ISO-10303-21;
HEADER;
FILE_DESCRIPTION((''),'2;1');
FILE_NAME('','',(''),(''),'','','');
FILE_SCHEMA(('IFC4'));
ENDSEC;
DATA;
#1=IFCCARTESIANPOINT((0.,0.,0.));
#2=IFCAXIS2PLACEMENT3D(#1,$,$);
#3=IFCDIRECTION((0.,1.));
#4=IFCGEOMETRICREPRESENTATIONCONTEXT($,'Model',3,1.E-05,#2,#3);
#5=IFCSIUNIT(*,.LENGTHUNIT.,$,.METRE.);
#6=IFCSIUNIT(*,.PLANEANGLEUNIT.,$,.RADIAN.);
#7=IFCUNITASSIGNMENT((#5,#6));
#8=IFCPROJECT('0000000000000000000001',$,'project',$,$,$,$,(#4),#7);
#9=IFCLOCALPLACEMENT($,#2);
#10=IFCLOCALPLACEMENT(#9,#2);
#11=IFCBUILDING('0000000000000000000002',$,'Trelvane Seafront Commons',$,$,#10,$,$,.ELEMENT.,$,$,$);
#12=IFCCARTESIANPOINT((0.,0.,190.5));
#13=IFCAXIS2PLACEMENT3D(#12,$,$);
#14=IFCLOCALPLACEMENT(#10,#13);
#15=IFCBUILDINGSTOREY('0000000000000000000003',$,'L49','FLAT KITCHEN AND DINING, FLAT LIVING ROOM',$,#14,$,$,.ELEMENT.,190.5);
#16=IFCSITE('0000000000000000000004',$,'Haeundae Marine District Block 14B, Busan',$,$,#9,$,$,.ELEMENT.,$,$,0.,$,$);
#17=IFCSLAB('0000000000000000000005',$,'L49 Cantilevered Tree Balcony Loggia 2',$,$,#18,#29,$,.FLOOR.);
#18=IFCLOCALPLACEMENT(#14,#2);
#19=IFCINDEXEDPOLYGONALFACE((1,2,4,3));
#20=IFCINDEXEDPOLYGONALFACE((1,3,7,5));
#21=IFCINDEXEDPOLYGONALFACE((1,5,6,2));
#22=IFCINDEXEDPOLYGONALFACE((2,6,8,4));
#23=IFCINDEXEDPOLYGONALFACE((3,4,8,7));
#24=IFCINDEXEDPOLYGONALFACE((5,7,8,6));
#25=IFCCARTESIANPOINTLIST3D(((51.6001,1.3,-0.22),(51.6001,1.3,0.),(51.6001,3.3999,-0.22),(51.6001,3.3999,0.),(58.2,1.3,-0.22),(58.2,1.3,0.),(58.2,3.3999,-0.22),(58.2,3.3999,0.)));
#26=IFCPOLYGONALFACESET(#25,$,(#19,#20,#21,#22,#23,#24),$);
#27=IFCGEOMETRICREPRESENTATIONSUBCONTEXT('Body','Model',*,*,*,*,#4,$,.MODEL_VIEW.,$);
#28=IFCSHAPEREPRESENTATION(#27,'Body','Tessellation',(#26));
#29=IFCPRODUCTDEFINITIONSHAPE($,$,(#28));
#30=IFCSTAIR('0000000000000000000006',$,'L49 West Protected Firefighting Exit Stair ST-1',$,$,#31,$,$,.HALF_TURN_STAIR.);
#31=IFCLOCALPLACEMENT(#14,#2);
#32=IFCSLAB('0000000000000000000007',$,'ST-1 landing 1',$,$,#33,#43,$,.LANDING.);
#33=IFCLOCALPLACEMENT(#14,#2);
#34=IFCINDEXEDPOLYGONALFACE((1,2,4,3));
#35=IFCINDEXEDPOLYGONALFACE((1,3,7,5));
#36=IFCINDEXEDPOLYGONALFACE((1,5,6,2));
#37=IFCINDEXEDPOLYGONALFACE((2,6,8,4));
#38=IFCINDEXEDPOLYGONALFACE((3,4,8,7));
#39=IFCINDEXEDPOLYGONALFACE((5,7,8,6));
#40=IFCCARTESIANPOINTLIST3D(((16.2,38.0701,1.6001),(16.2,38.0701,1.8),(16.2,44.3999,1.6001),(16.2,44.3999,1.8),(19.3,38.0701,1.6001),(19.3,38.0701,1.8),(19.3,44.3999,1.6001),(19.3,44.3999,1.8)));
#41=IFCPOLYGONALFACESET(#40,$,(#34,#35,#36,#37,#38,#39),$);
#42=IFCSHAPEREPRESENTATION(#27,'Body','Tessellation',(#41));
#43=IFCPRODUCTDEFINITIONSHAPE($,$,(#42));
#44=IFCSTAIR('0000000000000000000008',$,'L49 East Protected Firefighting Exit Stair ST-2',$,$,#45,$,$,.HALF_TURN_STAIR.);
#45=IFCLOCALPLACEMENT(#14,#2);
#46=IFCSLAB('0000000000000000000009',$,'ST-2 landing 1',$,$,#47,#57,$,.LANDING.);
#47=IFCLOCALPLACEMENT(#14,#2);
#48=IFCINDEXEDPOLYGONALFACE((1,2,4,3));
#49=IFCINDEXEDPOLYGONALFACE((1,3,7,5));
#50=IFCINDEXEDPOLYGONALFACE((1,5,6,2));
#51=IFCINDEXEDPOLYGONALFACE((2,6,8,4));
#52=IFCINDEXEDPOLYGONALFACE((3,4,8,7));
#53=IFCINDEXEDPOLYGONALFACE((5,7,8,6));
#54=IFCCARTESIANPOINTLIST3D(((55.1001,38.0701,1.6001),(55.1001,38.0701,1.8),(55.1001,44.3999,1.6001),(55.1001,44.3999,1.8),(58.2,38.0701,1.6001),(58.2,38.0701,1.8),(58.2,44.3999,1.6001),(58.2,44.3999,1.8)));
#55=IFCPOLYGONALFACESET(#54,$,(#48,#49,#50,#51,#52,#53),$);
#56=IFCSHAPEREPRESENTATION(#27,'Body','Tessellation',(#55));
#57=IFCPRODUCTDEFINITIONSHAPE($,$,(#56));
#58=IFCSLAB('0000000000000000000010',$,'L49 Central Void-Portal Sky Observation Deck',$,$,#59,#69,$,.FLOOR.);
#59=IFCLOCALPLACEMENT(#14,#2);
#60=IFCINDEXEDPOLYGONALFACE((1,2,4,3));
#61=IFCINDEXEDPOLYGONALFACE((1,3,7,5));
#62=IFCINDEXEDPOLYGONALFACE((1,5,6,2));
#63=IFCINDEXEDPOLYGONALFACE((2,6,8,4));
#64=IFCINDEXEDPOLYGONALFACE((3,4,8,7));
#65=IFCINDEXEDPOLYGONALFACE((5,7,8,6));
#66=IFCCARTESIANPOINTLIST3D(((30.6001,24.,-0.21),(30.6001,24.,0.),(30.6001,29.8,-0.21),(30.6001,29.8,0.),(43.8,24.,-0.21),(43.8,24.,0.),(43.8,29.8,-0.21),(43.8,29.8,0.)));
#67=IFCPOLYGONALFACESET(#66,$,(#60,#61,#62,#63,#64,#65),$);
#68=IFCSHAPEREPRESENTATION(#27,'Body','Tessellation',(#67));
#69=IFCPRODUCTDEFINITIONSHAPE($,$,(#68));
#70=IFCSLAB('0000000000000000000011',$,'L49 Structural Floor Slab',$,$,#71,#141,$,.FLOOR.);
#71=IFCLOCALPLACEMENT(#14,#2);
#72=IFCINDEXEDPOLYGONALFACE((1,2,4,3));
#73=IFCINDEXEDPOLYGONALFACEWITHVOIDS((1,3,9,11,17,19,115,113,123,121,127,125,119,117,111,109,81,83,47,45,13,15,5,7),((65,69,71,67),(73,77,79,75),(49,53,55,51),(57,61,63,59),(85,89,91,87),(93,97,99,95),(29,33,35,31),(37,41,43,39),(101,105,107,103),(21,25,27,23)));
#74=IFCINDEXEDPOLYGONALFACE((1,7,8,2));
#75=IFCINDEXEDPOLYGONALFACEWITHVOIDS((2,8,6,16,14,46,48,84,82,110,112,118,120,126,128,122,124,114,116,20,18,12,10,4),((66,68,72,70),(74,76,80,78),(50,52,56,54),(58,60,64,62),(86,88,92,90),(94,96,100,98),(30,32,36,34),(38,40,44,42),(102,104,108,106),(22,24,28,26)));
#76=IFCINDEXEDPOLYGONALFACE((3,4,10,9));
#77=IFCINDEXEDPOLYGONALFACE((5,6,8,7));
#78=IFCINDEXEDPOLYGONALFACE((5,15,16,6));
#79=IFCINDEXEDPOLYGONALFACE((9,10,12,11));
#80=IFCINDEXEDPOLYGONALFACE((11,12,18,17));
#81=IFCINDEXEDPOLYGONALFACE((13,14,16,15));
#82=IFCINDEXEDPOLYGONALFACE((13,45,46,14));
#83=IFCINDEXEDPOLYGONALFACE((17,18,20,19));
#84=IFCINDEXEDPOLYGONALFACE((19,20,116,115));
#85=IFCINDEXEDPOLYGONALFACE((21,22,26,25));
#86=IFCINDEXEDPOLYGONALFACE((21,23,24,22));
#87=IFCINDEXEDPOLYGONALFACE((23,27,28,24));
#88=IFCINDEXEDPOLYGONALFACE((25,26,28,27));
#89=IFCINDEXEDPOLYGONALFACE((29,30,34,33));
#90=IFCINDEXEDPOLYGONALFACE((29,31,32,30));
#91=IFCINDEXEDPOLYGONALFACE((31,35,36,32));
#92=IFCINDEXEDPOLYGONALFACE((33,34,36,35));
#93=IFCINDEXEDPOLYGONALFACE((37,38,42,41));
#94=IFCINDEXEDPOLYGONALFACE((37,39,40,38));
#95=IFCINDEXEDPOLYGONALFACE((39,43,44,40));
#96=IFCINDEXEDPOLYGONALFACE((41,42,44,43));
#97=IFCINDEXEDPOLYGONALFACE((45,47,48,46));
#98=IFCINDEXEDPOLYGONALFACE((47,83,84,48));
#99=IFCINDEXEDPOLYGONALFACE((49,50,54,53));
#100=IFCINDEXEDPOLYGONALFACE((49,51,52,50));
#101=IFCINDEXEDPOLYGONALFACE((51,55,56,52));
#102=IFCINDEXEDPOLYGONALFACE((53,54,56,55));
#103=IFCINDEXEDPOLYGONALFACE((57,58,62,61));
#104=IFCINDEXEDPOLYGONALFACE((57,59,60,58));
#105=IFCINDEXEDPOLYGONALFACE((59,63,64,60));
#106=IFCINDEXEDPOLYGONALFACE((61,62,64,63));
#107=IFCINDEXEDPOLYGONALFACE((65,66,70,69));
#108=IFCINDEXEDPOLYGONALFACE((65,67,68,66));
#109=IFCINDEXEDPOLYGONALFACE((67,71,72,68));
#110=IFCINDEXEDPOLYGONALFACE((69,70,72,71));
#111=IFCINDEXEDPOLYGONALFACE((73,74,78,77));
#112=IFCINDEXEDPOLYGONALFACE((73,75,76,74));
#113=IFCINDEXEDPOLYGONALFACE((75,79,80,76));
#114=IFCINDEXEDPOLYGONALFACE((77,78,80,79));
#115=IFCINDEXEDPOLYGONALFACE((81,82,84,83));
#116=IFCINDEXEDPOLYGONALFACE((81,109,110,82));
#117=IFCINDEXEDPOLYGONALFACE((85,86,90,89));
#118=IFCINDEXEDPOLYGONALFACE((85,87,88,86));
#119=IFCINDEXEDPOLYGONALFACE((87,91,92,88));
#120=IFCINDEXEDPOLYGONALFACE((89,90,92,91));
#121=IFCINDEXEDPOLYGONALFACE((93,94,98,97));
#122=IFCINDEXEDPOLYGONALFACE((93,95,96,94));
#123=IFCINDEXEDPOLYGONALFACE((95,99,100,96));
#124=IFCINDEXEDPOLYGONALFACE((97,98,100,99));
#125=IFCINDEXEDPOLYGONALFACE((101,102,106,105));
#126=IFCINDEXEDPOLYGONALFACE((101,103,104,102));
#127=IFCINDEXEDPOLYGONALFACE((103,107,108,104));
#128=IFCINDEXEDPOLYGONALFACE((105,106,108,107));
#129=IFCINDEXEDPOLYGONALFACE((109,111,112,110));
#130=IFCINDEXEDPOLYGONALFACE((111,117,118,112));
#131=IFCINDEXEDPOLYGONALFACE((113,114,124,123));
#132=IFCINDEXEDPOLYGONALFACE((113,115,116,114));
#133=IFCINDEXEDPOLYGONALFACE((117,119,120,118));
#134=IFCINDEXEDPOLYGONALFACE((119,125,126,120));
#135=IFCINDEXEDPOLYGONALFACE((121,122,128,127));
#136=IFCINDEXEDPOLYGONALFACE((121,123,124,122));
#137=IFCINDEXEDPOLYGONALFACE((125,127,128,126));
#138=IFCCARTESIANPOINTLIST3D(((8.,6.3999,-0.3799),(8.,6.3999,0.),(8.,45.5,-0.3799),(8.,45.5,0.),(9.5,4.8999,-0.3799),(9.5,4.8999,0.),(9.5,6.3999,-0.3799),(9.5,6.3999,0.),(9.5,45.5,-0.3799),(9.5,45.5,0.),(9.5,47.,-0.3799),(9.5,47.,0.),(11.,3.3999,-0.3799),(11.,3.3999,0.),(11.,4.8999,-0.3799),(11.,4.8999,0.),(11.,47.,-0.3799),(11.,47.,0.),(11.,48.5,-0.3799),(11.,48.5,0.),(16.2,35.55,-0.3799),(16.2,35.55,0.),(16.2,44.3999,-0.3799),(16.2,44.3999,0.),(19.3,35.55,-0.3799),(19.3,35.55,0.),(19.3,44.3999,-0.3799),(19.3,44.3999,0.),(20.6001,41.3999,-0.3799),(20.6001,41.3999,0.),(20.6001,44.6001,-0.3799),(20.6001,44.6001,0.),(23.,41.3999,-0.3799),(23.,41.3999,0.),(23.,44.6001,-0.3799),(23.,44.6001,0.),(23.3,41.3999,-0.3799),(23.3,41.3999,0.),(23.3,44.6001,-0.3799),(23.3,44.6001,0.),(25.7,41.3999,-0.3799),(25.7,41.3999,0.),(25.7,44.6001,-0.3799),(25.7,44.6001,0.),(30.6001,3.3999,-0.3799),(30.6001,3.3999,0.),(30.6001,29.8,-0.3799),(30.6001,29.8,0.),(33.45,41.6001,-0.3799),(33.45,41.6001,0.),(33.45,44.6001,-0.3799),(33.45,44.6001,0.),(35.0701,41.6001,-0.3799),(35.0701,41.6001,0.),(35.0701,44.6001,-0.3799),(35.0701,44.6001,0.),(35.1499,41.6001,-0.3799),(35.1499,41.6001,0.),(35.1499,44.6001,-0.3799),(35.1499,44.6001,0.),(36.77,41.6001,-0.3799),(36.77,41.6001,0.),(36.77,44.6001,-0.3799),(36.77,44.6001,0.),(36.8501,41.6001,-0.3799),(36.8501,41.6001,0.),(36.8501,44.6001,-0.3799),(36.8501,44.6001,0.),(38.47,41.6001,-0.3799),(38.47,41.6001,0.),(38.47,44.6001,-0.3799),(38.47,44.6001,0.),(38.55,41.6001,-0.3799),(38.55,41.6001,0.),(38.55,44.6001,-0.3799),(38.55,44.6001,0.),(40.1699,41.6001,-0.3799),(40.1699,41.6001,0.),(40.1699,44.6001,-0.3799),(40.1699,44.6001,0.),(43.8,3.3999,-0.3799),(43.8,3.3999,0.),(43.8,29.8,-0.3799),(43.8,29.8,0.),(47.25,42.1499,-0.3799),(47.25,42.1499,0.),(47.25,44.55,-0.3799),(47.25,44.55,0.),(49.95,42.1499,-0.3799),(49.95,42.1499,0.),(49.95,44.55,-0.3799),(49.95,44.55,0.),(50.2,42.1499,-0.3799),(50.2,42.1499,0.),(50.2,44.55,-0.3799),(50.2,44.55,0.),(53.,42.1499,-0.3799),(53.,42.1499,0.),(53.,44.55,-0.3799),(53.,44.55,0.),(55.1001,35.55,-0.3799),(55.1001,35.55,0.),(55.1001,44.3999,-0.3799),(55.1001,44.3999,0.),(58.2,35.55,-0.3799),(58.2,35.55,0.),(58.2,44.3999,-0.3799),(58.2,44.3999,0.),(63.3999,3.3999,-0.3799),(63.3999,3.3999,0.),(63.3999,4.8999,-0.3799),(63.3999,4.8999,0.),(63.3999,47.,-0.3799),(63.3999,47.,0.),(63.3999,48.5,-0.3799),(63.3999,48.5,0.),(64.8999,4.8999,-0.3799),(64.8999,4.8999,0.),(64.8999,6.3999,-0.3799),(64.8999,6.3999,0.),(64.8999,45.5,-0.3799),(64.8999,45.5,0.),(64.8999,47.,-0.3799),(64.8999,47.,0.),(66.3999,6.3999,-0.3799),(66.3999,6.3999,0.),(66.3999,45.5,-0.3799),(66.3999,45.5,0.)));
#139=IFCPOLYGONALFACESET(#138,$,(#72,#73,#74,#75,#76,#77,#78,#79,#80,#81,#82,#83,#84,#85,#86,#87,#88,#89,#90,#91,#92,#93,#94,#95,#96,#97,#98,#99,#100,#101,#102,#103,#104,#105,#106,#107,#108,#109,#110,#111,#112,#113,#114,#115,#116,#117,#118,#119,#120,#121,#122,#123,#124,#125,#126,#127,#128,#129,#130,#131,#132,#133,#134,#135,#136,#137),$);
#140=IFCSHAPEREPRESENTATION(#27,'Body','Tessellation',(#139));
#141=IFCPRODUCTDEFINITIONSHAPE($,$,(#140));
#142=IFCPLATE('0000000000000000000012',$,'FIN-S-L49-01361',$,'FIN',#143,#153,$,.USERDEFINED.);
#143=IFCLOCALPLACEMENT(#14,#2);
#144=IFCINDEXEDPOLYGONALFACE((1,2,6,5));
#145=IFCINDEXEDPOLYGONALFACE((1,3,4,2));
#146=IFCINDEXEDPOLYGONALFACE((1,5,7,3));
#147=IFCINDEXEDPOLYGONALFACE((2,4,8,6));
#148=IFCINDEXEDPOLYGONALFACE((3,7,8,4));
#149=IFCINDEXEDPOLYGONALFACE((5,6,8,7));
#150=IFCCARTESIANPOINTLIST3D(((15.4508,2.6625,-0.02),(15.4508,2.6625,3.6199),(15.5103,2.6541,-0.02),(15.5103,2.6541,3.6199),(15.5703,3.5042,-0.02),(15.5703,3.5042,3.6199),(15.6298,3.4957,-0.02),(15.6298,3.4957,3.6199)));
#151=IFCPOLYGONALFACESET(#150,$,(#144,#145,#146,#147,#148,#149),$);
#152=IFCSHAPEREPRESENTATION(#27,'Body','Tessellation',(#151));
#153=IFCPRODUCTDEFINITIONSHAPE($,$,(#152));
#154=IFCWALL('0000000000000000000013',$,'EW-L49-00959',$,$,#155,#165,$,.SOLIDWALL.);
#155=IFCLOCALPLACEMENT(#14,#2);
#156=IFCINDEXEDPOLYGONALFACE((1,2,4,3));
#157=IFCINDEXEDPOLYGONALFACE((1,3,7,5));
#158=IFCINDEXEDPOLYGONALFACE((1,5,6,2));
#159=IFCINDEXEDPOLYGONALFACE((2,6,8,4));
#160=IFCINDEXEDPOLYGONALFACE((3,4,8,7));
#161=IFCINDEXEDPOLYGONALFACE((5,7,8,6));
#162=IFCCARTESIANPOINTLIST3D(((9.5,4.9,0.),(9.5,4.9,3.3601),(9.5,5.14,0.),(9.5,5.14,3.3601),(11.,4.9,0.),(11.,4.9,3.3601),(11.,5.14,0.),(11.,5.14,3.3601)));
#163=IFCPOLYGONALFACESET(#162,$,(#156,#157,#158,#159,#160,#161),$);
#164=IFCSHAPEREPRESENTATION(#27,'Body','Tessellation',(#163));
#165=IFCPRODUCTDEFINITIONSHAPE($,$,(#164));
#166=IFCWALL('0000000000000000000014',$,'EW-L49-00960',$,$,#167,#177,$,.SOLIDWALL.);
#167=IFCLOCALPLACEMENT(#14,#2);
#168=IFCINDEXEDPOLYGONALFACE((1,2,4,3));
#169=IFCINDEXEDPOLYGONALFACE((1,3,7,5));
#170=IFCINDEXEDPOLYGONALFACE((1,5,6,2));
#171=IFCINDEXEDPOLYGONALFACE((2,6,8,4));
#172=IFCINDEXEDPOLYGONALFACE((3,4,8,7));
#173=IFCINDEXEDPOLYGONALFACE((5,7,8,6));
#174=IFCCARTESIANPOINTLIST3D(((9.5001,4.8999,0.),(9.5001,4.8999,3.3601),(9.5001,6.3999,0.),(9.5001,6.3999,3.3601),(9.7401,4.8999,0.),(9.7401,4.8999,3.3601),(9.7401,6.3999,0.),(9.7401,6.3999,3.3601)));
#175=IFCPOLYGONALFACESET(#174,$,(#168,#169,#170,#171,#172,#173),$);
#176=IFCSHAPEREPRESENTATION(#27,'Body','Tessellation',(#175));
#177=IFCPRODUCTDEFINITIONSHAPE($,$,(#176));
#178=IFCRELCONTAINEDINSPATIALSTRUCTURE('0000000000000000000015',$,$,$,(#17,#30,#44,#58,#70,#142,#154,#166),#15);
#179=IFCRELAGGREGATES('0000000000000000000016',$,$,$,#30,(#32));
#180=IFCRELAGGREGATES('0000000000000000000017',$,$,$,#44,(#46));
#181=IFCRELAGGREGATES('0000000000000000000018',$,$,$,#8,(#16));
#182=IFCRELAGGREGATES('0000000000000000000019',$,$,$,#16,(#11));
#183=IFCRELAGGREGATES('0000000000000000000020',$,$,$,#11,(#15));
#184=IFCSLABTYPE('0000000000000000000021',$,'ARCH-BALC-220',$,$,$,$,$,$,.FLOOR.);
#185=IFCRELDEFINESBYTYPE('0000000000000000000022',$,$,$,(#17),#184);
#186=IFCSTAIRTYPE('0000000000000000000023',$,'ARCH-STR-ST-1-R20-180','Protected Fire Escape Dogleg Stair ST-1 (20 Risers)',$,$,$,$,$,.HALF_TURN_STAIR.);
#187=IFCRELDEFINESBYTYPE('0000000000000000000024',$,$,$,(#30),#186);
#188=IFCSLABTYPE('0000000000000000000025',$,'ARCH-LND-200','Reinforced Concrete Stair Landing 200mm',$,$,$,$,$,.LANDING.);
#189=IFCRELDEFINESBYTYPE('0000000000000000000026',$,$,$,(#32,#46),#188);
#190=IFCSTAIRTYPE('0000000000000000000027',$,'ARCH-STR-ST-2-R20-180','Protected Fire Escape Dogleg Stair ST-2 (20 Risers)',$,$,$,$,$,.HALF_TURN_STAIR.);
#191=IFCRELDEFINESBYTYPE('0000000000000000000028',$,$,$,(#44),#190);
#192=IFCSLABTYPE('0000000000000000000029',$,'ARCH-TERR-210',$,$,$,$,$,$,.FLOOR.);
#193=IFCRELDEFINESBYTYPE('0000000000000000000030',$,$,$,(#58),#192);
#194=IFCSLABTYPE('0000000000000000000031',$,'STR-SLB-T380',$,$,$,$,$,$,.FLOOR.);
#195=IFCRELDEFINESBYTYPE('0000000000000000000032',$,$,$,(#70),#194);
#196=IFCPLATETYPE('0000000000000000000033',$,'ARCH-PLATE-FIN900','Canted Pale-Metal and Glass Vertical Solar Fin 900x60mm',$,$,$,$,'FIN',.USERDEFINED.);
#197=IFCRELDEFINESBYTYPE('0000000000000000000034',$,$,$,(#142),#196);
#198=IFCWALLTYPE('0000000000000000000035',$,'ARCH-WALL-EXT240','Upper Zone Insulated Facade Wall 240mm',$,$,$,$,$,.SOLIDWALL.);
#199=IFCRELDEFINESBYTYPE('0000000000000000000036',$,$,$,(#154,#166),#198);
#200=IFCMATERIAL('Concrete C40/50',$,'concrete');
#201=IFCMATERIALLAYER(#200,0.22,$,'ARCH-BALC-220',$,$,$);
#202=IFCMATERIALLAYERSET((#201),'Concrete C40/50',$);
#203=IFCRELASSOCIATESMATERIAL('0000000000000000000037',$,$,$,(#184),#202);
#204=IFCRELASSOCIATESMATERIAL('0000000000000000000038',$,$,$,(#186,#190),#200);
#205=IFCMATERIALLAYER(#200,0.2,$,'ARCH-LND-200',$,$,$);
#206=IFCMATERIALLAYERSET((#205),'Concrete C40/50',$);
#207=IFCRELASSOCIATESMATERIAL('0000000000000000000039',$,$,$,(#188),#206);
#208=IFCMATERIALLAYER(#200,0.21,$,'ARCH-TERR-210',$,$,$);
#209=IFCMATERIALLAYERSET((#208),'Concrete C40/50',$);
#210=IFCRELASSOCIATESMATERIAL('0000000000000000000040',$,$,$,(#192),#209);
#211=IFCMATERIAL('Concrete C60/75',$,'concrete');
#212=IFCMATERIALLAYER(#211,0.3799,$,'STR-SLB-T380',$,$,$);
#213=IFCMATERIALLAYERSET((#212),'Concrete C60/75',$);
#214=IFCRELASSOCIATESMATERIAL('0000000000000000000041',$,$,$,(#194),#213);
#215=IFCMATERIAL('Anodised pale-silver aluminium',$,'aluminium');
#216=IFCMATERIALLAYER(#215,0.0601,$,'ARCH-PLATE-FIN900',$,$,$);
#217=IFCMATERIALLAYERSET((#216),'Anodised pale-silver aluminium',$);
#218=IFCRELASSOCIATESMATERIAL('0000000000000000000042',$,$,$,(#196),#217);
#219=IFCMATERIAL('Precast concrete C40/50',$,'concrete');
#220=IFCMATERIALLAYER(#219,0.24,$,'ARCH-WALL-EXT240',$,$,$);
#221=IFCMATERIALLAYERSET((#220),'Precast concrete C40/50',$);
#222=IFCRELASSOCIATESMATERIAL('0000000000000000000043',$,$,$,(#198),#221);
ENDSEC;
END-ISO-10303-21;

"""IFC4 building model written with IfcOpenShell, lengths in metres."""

from ifc_helpers import new_model, si_unit, direction, frame, frame_2d, origin, origin_2d, place, context, subcontext, project, spatial, polyline, rectangle, outline, extrude, source, transform, mapped, material, layer, layer_set, type_object, element, aggregate, save


model = new_model("IFC4")

# Units and contexts
model_context = context("Model", 3, precision=1e-05, world=origin(), true_north=direction((0.0, 1.0)))
body_context = subcontext(model_context, "Body", "Model", "MODEL_VIEW")
ifc_project = project(units=[si_unit("LENGTHUNIT", "METRE"), si_unit("PLANEANGLEUNIT", "RADIAN")], contexts=[model_context])

# Site, building, storey
site_placement = place(None, origin())
site = spatial("IfcSite", under=ifc_project, at=site_placement, Name="Haeundae Marine District Block 14B, Busan", CompositionType="ELEMENT", RefElevation=0.0)
building_placement = place(site_placement, origin())
building = spatial("IfcBuilding", under=site, at=building_placement, Name="Trelvane Seafront Commons", CompositionType="ELEMENT")
storey_placement = place(building_placement, frame((0.0, 0.0, 190.5)))
storey = spatial("IfcBuildingStorey", under=building, at=storey_placement, Name="L49", Description="FLAT KITCHEN AND DINING, FLAT LIVING ROOM", CompositionType="ELEMENT", Elevation=190.5)

# Slab
ifc_material_1 = material(Name="Concrete C40/50", Category="concrete")
ifc_layer_1 = layer(ifc_material_1, 0.22, Name="ARCH-BALC-220")
ifc_layer_set_1 = layer_set([ifc_layer_1], Name="Concrete C40/50")
slab_type_1 = type_object("IfcSlabType", Name="ARCH-BALC-220", PredefinedType="FLOOR", material=ifc_layer_set_1)
slab_1_placement = place(storey_placement, frame((0.0, 0.0, -0.22)))
element("IfcSlab", 1, at=slab_1_placement, inside=storey, type_object=slab_type_1, Name="L49 Cantilevered Tree Balcony Loggia 2", PredefinedType="FLOOR", context=body_context, shape_type="SweptSolid", body=[
    extrude(outline(polyline([(51.6001, 1.3), (58.2, 1.3), (58.2, 3.3999), (51.6001, 3.3999), (51.6001, 1.3)])), origin(), (0.0, 0.0, 1.0), 0.22),
])

# Stairs, slabs
stair_type_1 = type_object("IfcStairType", Name="ARCH-STR-ST-1-R20-180", Description="Protected Fire Escape Dogleg Stair ST-1 (20 Risers)", PredefinedType="HALF_TURN_STAIR", material=ifc_material_1)
stair_1_placement = place(storey_placement, origin())
stair_1 = element("IfcStair", 2, at=stair_1_placement, inside=storey, type_object=stair_type_1, Name="L49 West Protected Firefighting Exit Stair ST-1", PredefinedType="HALF_TURN_STAIR")
ifc_layer_2 = layer(ifc_material_1, 0.2, Name="ARCH-LND-200")
ifc_layer_set_2 = layer_set([ifc_layer_2], Name="Concrete C40/50")
slab_type_2 = type_object("IfcSlabType", Name="ARCH-LND-200", Description="Reinforced Concrete Stair Landing 200mm", PredefinedType="LANDING", material=ifc_layer_set_2)
slab_2_placement = place(storey_placement, frame((0.0, 0.0, 1.6001)))
slab_2 = element("IfcSlab", 3, at=slab_2_placement, type_object=slab_type_2, Name="ST-1 landing 1", PredefinedType="LANDING", context=body_context, shape_type="SweptSolid", body=[
    extrude(outline(polyline([(19.3, 38.0701), (19.3, 44.3999), (16.2, 44.3999), (16.2, 38.0701), (19.3, 38.0701)])), origin(), (0.0, 0.0, 1.0), 0.2),
])
aggregate(stair_1, [slab_2])
stair_type_2 = type_object("IfcStairType", Name="ARCH-STR-ST-2-R20-180", Description="Protected Fire Escape Dogleg Stair ST-2 (20 Risers)", PredefinedType="HALF_TURN_STAIR", material=ifc_material_1)
stair_2_placement = place(storey_placement, origin())
stair_2 = element("IfcStair", 4, at=stair_2_placement, inside=storey, type_object=stair_type_2, Name="L49 East Protected Firefighting Exit Stair ST-2", PredefinedType="HALF_TURN_STAIR")
slab_3_placement = place(storey_placement, frame((0.0, 0.0, 1.6001)))
slab_3 = element("IfcSlab", 5, at=slab_3_placement, type_object=slab_type_2, Name="ST-2 landing 1", PredefinedType="LANDING", context=body_context, shape_type="SweptSolid", body=[
    extrude(outline(polyline([(58.2, 38.0701), (58.2, 44.3999), (55.1001, 44.3999), (55.1001, 38.0701), (58.2, 38.0701)])), origin(), (0.0, 0.0, 1.0), 0.2),
])
aggregate(stair_2, [slab_3])

# Slabs
ifc_layer_3 = layer(ifc_material_1, 0.21, Name="ARCH-TERR-210")
ifc_layer_set_3 = layer_set([ifc_layer_3], Name="Concrete C40/50")
slab_type_3 = type_object("IfcSlabType", Name="ARCH-TERR-210", PredefinedType="FLOOR", material=ifc_layer_set_3)
slab_4_placement = place(storey_placement, frame((0.0, 0.0, -0.21)))
element("IfcSlab", 6, at=slab_4_placement, inside=storey, type_object=slab_type_3, Name="L49 Central Void-Portal Sky Observation Deck", PredefinedType="FLOOR", context=body_context, shape_type="SweptSolid", body=[
    extrude(outline(polyline([(30.6001, 24.0), (43.8, 24.0), (43.8, 29.8), (30.6001, 29.8), (30.6001, 24.0)])), origin(), (0.0, 0.0, 1.0), 0.21),
])
ifc_material_2 = material(Name="Concrete C60/75", Category="concrete")
ifc_layer_4 = layer(ifc_material_2, 0.3799, Name="STR-SLB-T380")
ifc_layer_set_4 = layer_set([ifc_layer_4], Name="Concrete C60/75")
slab_type_4 = type_object("IfcSlabType", Name="STR-SLB-T380", PredefinedType="FLOOR", material=ifc_layer_set_4)
slab_5_placement = place(storey_placement, frame((0.0, 0.0, -0.3799)))
element("IfcSlab", 7, at=slab_5_placement, inside=storey, type_object=slab_type_4, Name="L49 Structural Floor Slab", PredefinedType="FLOOR", context=body_context, shape_type="SweptSolid", body=[
    extrude(outline(polyline([(11.0, 3.3999), (30.6001, 3.3999), (30.6001, 29.8), (43.8, 29.8), (43.8, 3.3999), (63.3999, 3.3999), (63.3999, 4.8999), (64.8999, 4.8999), (64.8999, 6.3999), (66.3999, 6.3999), (66.3999, 45.5), (64.8999, 45.5), (64.8999, 47.0), (63.3999, 47.0), (63.3999, 48.5), (11.0, 48.5), (11.0, 47.0), (9.5, 47.0), (9.5, 45.5), (8.0, 45.5), (8.0, 6.3999), (9.5, 6.3999), (9.5, 4.8999), (11.0, 4.8999), (11.0, 3.3999)]), holes=[polyline([(19.3, 35.55), (16.2, 35.55), (16.2, 44.3999), (19.3, 44.3999), (19.3, 35.55)]), polyline([(58.2, 35.55), (55.1001, 35.55), (55.1001, 44.3999), (58.2, 44.3999), (58.2, 35.55)]), polyline([(23.0, 41.3999), (20.6001, 41.3999), (20.6001, 44.6001), (23.0, 44.6001), (23.0, 41.3999)]), polyline([(23.3, 41.3999), (23.3, 44.6001), (25.7, 44.6001), (25.7, 41.3999), (23.3, 41.3999)]), polyline([(33.45, 41.6001), (33.45, 44.6001), (35.0701, 44.6001), (35.0701, 41.6001), (33.45, 41.6001)]), polyline([(36.77, 41.6001), (35.1499, 41.6001), (35.1499, 44.6001), (36.77, 44.6001), (36.77, 41.6001)]), polyline([(38.47, 41.6001), (36.8501, 41.6001), (36.8501, 44.6001), (38.47, 44.6001), (38.47, 41.6001)]), polyline([(40.1699, 41.6001), (38.55, 41.6001), (38.55, 44.6001), (40.1699, 44.6001), (40.1699, 41.6001)]), polyline([(47.25, 42.1499), (47.25, 44.55), (49.95, 44.55), (49.95, 42.1499), (47.25, 42.1499)]), polyline([(50.2, 42.1499), (50.2, 44.55), (53.0, 44.55), (53.0, 42.1499), (50.2, 42.1499)])]), origin(), (0.0, 0.0, 1.0), 0.3799),
])

# Plate
ifc_material_3 = material(Name="Anodised pale-silver aluminium", Category="aluminium")
ifc_layer_5 = layer(ifc_material_3, 0.0601, Name="ARCH-PLATE-FIN900")
ifc_layer_set_5 = layer_set([ifc_layer_5], Name="Anodised pale-silver aluminium")
plate_type = type_object("IfcPlateType", Name="ARCH-PLATE-FIN900", Description="Canted Pale-Metal and Glass Vertical Solar Fin 900x60mm", ElementType="FIN", PredefinedType="USERDEFINED", material=ifc_layer_set_5)
shared_shape_1 = source(origin(), body_context, "Body", "SweptSolid", [
    extrude(rectangle(XDim=0.8501, YDim=0.0601, at=origin_2d()), origin(), (0.0, 0.0, 1.0), 3.6399),
])
plate_placement = place(storey_placement, frame((15.5403, 3.0791, -0.02), z_axis=(0.0, 0.0, 1.0), x_axis=(-0.140582, -0.990069, 0.0)))
element("IfcPlate", 8, at=plate_placement, inside=storey, type_object=plate_type, Name="FIN-S-L49-01361", ObjectType="FIN", PredefinedType="USERDEFINED", context=body_context, shape_type="MappedRepresentation", body=[
    mapped(shared_shape_1, transform((0.0, 0.0, 0.0), x_axis=(1.0, 0.0, 0.0), y_axis=(0.0, 1.0, 0.0), z_axis=(0.0, 0.0, 1.0), scale=1.0)),
])

# Walls
ifc_material_4 = material(Name="Precast concrete C40/50", Category="concrete")
ifc_layer_6 = layer(ifc_material_4, 0.24, Name="ARCH-WALL-EXT240")
ifc_layer_set_6 = layer_set([ifc_layer_6], Name="Precast concrete C40/50")
wall_type_1 = type_object("IfcWallType", Name="ARCH-WALL-EXT240", Description="Upper Zone Insulated Facade Wall 240mm", PredefinedType="SOLIDWALL", material=ifc_layer_set_6)
for number, where, z_axis, x_axis, name in (
    (9, (11.0, 5.02, 0.0), (0.0, 0.0, 1.0), (-1.0, 0.0, 0.0), "EW-L49-00959"),
    (10, (9.6201, 4.8999, 0.0), (0.0, 0.0, 1.0), (0.0, 1.0, 0.0), "EW-L49-00960"),
):
    element("IfcWall", number, at=place(storey_placement, frame(where, z_axis=z_axis, x_axis=x_axis)), inside=storey, type_object=wall_type_1, Name=name, PredefinedType="SOLIDWALL", context=body_context, shape_type="SweptSolid", body=[
        extrude(rectangle(XDim=1.5, YDim=0.24, at=frame_2d((0.75, 0.0))), origin(), (0.0, 0.0, 1.0), 3.3601),
    ])

save(model, "model.ifc")
